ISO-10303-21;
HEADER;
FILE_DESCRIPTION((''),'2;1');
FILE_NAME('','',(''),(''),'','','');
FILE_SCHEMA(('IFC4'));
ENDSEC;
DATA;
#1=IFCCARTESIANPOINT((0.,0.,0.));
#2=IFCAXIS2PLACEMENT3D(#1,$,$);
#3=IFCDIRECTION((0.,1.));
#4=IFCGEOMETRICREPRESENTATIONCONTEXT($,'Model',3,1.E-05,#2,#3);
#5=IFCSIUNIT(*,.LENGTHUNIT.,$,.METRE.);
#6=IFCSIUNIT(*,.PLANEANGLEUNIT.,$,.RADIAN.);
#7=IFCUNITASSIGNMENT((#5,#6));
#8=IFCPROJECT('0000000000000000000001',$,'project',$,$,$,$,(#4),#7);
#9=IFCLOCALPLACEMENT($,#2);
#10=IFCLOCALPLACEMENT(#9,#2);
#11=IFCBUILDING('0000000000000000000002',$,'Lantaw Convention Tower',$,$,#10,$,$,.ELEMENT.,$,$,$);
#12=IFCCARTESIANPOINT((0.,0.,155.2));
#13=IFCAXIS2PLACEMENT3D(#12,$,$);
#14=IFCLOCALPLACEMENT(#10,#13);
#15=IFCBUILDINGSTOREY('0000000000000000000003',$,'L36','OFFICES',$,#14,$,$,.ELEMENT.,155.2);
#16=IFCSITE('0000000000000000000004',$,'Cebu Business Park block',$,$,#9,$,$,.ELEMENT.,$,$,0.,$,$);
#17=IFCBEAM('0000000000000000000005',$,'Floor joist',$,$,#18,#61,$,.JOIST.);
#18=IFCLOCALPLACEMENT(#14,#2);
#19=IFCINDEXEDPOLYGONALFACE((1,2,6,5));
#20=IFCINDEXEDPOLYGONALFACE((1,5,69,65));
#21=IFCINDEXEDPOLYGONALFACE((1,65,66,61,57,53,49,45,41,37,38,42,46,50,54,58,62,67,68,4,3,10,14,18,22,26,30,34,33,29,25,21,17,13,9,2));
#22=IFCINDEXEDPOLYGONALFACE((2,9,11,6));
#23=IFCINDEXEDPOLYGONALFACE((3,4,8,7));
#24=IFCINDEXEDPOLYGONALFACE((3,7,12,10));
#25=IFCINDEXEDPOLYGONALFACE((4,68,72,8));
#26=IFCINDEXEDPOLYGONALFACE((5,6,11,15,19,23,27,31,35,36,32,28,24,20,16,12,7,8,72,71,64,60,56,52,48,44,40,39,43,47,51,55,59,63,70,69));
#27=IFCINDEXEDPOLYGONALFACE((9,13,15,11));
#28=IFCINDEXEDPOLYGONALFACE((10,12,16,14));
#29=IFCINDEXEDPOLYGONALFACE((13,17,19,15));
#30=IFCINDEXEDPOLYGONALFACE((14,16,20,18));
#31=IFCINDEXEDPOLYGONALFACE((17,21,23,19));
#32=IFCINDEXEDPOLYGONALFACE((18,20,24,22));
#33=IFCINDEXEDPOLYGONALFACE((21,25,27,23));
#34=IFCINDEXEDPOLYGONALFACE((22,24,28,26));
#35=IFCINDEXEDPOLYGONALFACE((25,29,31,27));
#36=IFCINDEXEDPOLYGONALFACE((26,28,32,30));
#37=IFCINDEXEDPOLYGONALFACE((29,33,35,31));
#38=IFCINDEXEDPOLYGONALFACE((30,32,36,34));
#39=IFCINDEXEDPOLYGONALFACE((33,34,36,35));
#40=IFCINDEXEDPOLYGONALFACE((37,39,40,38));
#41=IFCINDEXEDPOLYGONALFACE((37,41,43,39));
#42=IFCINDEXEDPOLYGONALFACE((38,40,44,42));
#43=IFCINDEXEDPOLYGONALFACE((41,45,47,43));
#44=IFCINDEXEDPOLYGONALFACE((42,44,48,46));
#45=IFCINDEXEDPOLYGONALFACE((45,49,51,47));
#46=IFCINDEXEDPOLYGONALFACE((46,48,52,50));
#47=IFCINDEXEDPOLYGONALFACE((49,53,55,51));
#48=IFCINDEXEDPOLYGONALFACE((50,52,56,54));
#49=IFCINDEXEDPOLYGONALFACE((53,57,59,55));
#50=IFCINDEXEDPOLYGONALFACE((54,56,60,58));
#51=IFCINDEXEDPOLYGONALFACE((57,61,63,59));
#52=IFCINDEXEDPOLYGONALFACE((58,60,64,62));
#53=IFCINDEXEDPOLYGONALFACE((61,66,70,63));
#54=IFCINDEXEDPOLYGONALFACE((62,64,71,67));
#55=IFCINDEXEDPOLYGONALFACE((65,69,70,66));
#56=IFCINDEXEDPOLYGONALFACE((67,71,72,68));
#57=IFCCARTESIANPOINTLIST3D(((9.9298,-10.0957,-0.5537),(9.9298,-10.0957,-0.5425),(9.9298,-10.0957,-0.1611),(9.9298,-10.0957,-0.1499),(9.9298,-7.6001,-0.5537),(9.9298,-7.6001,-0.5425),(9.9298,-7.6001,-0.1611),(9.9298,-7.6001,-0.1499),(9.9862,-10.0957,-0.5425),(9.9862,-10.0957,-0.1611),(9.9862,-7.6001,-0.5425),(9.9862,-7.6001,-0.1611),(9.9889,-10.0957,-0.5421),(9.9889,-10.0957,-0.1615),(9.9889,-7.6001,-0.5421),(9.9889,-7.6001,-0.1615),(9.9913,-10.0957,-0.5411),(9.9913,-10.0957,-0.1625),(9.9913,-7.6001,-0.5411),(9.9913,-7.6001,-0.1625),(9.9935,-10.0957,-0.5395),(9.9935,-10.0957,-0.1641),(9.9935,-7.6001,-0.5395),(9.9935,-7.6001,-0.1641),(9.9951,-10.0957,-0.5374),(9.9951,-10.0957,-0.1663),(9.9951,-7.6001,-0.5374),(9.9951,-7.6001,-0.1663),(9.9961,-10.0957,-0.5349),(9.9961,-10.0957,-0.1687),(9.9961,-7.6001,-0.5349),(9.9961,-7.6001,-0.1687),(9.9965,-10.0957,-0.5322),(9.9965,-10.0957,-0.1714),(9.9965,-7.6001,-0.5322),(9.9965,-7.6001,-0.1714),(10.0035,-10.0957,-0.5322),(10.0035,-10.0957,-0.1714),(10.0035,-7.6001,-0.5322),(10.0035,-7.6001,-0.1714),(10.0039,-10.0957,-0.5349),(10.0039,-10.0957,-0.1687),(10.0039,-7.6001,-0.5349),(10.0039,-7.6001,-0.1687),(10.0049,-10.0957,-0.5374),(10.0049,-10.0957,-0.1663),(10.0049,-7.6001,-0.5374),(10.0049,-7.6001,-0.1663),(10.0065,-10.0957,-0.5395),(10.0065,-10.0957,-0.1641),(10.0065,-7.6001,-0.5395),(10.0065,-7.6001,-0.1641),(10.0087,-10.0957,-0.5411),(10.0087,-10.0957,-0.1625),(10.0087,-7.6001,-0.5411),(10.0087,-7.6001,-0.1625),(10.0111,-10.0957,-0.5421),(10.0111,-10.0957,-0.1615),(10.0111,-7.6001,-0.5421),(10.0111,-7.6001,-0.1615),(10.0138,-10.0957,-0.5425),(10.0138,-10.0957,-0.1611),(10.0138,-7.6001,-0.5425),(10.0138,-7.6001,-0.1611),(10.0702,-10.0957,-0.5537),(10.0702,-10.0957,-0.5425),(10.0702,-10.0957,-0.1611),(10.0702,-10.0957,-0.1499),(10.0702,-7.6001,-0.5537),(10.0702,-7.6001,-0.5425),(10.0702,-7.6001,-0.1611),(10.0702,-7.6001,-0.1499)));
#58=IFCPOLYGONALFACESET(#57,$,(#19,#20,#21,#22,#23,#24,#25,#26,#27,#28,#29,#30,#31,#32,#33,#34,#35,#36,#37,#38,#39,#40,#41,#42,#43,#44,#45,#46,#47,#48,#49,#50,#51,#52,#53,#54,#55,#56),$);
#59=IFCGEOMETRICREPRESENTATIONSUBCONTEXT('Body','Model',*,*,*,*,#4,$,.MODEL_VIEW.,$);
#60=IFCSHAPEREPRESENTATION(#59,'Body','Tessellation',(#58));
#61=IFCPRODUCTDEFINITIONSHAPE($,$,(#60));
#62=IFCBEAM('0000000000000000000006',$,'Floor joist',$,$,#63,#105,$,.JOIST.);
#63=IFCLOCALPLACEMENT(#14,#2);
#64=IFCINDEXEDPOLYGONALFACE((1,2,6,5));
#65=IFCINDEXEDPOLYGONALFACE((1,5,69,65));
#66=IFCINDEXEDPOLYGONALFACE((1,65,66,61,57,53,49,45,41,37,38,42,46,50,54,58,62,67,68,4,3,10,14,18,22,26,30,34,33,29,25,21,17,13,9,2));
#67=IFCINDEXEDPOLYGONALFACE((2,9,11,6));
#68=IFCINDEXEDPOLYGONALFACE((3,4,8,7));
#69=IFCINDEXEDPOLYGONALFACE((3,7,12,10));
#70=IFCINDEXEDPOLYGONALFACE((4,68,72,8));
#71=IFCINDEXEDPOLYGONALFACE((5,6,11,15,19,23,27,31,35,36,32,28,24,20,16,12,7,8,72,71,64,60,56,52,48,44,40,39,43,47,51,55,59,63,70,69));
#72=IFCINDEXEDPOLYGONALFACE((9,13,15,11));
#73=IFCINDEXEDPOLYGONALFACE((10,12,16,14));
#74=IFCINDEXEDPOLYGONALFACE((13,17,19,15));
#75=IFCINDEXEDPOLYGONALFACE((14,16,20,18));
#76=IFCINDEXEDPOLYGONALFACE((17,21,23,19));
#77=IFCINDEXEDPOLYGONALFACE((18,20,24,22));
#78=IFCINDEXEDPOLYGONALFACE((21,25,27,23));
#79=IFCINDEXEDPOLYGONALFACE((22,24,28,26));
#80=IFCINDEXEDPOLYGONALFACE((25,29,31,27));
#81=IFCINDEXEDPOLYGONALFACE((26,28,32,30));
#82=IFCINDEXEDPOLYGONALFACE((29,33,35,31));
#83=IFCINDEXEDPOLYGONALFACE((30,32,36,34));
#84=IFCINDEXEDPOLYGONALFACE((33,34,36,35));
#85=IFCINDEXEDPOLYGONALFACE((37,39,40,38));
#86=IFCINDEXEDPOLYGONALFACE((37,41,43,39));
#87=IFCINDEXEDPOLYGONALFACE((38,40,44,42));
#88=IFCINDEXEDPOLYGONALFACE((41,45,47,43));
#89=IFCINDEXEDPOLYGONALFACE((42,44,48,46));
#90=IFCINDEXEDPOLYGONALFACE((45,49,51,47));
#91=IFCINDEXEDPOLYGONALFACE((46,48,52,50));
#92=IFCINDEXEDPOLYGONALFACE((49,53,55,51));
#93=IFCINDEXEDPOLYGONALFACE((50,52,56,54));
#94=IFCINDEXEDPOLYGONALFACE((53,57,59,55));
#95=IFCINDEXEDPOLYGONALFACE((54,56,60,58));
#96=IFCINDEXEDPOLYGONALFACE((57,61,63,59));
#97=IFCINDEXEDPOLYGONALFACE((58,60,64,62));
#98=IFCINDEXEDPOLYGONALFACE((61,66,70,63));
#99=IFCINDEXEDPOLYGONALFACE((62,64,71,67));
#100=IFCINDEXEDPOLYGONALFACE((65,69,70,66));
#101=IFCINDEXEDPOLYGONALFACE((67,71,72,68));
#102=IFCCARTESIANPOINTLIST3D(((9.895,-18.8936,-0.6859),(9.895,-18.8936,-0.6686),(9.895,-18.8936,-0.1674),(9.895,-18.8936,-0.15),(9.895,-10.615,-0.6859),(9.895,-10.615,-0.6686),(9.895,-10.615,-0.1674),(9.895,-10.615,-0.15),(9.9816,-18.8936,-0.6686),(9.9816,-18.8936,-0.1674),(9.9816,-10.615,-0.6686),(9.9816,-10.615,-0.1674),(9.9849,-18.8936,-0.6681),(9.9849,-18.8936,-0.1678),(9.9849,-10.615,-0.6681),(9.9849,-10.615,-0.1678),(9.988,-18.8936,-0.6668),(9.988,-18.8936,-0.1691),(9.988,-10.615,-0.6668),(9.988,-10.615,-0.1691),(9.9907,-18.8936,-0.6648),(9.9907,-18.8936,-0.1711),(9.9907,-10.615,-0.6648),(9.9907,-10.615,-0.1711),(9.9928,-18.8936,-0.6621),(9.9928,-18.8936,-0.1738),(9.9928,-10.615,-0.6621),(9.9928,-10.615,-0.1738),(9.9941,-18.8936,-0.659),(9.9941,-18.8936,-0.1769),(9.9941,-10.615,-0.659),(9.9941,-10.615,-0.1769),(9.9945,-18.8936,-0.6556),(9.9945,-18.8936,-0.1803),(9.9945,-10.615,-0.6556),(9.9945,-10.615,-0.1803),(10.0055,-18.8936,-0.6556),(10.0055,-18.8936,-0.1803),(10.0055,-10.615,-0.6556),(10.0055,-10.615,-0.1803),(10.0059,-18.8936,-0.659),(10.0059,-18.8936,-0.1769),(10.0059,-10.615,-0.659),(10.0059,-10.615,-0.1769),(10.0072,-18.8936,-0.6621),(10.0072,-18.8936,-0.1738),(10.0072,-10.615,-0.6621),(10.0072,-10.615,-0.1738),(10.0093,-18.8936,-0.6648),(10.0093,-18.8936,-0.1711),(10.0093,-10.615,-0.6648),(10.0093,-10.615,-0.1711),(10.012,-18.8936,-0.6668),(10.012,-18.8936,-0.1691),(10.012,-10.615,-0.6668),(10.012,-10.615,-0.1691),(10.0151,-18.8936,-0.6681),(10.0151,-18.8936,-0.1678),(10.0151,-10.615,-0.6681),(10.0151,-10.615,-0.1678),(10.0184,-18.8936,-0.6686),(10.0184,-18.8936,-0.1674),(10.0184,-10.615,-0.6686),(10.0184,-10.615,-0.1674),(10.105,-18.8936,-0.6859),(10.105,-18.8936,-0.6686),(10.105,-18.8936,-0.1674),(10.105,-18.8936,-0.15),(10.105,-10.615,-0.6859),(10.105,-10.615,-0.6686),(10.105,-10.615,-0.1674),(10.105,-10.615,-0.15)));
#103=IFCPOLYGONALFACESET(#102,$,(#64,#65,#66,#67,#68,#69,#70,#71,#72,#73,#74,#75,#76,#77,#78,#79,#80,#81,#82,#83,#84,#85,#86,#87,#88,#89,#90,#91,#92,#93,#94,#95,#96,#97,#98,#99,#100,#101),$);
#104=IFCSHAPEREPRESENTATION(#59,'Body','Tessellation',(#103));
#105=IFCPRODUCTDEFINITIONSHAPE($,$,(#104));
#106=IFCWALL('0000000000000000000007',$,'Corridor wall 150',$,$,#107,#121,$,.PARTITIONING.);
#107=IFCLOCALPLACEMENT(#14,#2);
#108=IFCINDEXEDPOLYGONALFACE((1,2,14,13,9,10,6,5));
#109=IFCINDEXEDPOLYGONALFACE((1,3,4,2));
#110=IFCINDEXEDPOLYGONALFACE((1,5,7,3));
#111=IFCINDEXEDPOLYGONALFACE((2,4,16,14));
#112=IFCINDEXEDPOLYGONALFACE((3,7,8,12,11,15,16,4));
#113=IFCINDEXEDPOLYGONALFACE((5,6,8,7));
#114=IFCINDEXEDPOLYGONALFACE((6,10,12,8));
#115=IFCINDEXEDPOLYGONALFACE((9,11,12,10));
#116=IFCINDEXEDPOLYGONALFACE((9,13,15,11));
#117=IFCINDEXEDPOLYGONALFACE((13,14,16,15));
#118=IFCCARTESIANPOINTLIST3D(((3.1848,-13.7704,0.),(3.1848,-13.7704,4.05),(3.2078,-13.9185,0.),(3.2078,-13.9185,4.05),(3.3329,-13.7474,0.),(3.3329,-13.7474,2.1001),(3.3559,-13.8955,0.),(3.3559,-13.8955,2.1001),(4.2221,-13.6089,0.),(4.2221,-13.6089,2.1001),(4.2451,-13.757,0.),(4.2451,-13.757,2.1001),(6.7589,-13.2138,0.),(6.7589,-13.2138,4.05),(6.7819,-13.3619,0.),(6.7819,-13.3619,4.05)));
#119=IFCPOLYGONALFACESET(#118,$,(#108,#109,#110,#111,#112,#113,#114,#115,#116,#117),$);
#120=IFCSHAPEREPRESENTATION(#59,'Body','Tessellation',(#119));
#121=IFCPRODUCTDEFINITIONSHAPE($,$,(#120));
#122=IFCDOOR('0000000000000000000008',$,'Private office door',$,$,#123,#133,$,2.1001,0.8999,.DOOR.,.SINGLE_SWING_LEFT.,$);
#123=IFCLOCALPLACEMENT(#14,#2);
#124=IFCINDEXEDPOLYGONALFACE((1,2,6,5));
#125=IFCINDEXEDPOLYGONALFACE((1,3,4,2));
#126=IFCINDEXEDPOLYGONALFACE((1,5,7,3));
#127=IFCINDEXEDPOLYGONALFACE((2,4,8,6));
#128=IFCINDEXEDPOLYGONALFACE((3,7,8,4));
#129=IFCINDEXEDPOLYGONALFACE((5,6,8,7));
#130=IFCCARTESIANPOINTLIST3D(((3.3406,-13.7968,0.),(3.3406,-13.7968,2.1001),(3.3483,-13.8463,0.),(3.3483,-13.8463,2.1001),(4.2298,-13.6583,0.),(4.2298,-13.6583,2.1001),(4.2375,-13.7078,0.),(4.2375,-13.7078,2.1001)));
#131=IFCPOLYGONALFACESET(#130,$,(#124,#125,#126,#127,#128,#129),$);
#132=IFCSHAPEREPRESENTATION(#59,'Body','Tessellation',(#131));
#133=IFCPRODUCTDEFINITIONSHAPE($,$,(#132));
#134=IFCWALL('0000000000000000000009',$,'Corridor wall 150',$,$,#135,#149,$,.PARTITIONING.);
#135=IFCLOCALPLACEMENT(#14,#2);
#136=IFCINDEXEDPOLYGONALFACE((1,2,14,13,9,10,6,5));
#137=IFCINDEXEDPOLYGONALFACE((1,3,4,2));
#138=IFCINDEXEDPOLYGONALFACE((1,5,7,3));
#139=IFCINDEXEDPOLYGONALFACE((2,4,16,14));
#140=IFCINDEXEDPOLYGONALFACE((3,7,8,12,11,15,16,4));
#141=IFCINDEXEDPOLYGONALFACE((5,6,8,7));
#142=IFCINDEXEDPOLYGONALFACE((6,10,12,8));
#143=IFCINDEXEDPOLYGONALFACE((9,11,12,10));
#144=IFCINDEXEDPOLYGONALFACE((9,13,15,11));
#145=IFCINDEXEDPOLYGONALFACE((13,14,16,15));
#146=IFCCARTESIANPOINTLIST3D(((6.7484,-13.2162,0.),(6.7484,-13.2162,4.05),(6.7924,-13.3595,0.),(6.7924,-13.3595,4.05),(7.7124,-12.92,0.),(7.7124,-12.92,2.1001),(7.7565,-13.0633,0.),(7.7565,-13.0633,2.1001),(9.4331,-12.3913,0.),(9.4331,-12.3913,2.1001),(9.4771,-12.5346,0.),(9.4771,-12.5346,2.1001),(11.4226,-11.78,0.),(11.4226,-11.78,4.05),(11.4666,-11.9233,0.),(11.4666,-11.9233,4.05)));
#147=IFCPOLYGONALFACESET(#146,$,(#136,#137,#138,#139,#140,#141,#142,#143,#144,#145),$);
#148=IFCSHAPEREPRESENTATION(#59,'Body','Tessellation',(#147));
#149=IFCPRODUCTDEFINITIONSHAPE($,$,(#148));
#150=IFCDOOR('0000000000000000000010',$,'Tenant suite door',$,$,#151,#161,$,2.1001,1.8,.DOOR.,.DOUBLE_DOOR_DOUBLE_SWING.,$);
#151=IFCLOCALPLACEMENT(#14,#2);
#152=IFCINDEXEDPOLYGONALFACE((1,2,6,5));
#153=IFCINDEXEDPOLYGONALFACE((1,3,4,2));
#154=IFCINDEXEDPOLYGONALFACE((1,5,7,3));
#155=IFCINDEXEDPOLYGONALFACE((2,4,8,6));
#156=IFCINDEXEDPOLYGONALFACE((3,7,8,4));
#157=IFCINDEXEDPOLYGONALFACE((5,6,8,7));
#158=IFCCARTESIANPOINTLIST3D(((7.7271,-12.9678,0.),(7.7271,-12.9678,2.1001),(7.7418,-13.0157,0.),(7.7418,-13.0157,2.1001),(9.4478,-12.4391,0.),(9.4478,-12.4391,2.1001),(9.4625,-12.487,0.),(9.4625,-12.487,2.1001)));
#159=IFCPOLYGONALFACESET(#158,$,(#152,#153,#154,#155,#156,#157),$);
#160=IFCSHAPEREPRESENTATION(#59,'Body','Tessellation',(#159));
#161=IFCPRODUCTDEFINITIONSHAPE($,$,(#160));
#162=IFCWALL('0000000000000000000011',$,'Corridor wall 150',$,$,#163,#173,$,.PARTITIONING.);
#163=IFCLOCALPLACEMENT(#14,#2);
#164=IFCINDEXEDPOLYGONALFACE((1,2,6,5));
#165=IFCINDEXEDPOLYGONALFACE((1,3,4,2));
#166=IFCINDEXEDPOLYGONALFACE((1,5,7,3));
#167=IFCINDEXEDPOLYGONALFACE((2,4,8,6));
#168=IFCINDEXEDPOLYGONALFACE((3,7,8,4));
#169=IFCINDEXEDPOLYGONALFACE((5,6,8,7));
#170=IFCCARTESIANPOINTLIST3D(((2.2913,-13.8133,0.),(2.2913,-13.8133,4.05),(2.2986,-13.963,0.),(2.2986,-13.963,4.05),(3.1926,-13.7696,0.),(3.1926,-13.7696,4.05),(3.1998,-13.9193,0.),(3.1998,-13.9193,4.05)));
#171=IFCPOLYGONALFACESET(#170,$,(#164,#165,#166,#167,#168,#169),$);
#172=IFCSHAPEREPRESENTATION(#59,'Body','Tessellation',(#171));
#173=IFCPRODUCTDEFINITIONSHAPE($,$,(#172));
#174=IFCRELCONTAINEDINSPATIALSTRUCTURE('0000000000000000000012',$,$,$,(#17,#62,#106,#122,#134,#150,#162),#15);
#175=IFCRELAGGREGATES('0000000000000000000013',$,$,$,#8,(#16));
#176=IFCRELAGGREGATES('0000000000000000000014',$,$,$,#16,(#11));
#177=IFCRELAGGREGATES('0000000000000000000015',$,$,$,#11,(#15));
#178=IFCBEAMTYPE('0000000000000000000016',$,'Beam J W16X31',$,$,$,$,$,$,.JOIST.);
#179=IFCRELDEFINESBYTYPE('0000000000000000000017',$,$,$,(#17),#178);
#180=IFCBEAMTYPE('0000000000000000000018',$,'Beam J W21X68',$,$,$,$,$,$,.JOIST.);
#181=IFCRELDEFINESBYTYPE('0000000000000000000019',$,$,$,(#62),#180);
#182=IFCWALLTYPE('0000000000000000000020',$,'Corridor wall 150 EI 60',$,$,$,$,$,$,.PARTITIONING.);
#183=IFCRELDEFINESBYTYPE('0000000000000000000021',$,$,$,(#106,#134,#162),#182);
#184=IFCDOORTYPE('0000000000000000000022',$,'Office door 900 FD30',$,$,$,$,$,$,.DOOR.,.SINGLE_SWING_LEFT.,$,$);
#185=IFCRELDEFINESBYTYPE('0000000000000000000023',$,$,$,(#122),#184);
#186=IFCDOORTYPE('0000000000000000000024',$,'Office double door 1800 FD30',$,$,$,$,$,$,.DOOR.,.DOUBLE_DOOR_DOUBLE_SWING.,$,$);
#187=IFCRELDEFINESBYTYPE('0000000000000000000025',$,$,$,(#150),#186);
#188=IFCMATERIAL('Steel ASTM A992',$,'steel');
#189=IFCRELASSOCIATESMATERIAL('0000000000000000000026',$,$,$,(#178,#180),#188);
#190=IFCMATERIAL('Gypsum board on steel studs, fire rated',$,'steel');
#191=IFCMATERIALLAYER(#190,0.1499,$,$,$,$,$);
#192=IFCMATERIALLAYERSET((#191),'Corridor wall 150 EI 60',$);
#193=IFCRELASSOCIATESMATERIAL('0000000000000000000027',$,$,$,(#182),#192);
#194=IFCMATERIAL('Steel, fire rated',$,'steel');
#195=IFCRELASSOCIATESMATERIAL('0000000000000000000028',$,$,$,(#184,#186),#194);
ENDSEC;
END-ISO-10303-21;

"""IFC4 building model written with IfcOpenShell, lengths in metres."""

from ifc_helpers import new_model, si_unit, direction, frame, frame_2d, origin, origin_2d, place, context, subcontext, project, spatial, rectangle, i_section, extrude, material, layer, layer_set, material_profile, profile_set, type_object, element, fill, save


model = new_model("IFC4")

# Units and contexts
model_context = context("Model", 3, precision=1e-05, world=origin(), true_north=direction((0.0, 1.0)))
body_context = subcontext(model_context, "Body", "Model", "MODEL_VIEW")
ifc_project = project(units=[si_unit("LENGTHUNIT", "METRE"), si_unit("PLANEANGLEUNIT", "RADIAN")], contexts=[model_context])

# Site, building, storey
site_placement = place(None, origin())
site = spatial("IfcSite", under=ifc_project, at=site_placement, Name="Cebu Business Park block", CompositionType="ELEMENT", RefElevation=0.0)
building_placement = place(site_placement, origin())
building = spatial("IfcBuilding", under=site, at=building_placement, Name="Lantaw Convention Tower", CompositionType="ELEMENT")
storey_placement = place(building_placement, frame((0.0, 0.0, 155.2)))
storey = spatial("IfcBuildingStorey", under=building, at=storey_placement, Name="L36", Description="OFFICES", CompositionType="ELEMENT", Elevation=155.2)

# Beams
ifc_material_1 = material(Name="Steel ASTM A992", Category="steel")
ifc_material_profile_1 = material_profile(ifc_material_1, i_section(OverallWidth=0.1404, OverallDepth=0.4038, WebThickness=0.0071, FlangeThickness=0.0112, FilletRadius=0.0103, at=origin_2d()), Name="W16X31")
ifc_profile_set_1 = profile_set([ifc_material_profile_1], Name="Steel ASTM A992")
beam_type_1 = type_object("IfcBeamType", Name="Beam J W16X31", PredefinedType="JOIST", material=ifc_profile_set_1)
beam_1_placement = place(storey_placement, frame((10.0, -10.0957, -0.3518), z_axis=(0.0, 1.0, 0.0), x_axis=(-1.0, 0.0, 0.0)))
element("IfcBeam", 1, at=beam_1_placement, inside=storey, type_object=beam_type_1, Name="Floor joist", PredefinedType="JOIST", context=body_context, shape_type="SweptSolid", body=[
    extrude(i_section(OverallWidth=0.1404, OverallDepth=0.4038, WebThickness=0.0071, FlangeThickness=0.0112, FilletRadius=0.0103, at=origin_2d()), origin(), (0.0, 0.0, 1.0), 2.4956),
])
ifc_material_profile_2 = material_profile(ifc_material_1, i_section(OverallWidth=0.21, OverallDepth=0.5359, WebThickness=0.011, FlangeThickness=0.0173, FilletRadius=0.0129, at=origin_2d()), Name="W21X68")
ifc_profile_set_2 = profile_set([ifc_material_profile_2], Name="Steel ASTM A992")
beam_type_2 = type_object("IfcBeamType", Name="Beam J W21X68", PredefinedType="JOIST", material=ifc_profile_set_2)
beam_2_placement = place(storey_placement, frame((10.0, -18.8936, -0.418), z_axis=(0.0, 1.0, 0.0), x_axis=(-1.0, 0.0, 0.0)))
element("IfcBeam", 2, at=beam_2_placement, inside=storey, type_object=beam_type_2, Name="Floor joist", PredefinedType="JOIST", context=body_context, shape_type="SweptSolid", body=[
    extrude(i_section(OverallWidth=0.21, OverallDepth=0.5359, WebThickness=0.011, FlangeThickness=0.0173, FilletRadius=0.0129, at=origin_2d()), origin(), (0.0, 0.0, 1.0), 8.2786),
])

# Walls, openings, doors
ifc_material_2 = material(Name="Gypsum board on steel studs, fire rated", Category="steel")
ifc_layer_1 = layer(ifc_material_2, 0.1499)
ifc_layer_set_1 = layer_set([ifc_layer_1], Name="Corridor wall 150 EI 60")
wall_type_1 = type_object("IfcWallType", Name="Corridor wall 150 EI 60", PredefinedType="PARTITIONING", material=ifc_layer_set_1)
wall_1_placement = place(storey_placement, frame((3.1963, -13.8445, 0.0), z_axis=(0.0, 0.0, 1.0), x_axis=(0.988089, 0.153883, 0.0)))
wall_1 = element("IfcWall", 3, at=wall_1_placement, inside=storey, type_object=wall_type_1, Name="Corridor wall 150", PredefinedType="PARTITIONING", context=body_context, shape_type="SweptSolid", body=[
    extrude(rectangle(XDim=3.6172, YDim=0.1499, at=frame_2d((1.8086, 0.0))), origin(), (0.0, 0.0, 1.0), 4.05),
])
opening_1_placement = place(wall_1_placement, frame((0.1499, 0.0, 0.0)))
opening_1 = element("IfcOpeningElement", 4, at=opening_1_placement, cuts=wall_1, PredefinedType="OPENING", context=body_context, shape_type="SweptSolid", body=[
    extrude(rectangle(XDim=0.8999, YDim=2.1001, at=frame_2d((0.45, 1.05))), frame((0.0, 0.085, 0.0), z_axis=(0.0, -1.0, 0.0), x_axis=(1.0, 0.0, 0.0)), (0.0, 0.0, 1.0), 0.1699),
])
ifc_material_3 = material(Name="Steel, fire rated", Category="steel")
door_type_1 = type_object("IfcDoorType", Name="Office door 900 FD30", OperationType="SINGLE_SWING_LEFT", PredefinedType="DOOR", material=ifc_material_3)
door_1_placement = place(opening_1_placement, origin())
door_1 = element("IfcDoor", 5, at=door_1_placement, inside=storey, type_object=door_type_1, Name="Private office door", OperationType="SINGLE_SWING_LEFT", OverallHeight=2.1001, OverallWidth=0.8999, PredefinedType="DOOR", context=body_context, shape_type="SweptSolid", body=[
    extrude(rectangle(XDim=0.8999, YDim=2.1001, at=frame_2d((0.45, 1.05))), frame((0.0, 0.0249, 0.0), z_axis=(0.0, -1.0, 0.0), x_axis=(1.0, 0.0, 0.0)), (0.0, 0.0, 1.0), 0.05),
])
fill(opening_1, door_1)
wall_2_placement = place(storey_placement, frame((6.7705, -13.2878, 0.0), z_axis=(0.0, 0.0, 1.0), x_axis=(0.955892, 0.293717, 0.0)))
wall_2 = element("IfcWall", 6, at=wall_2_placement, inside=storey, type_object=wall_type_1, Name="Corridor wall 150", PredefinedType="PARTITIONING", context=body_context, shape_type="SweptSolid", body=[
    extrude(rectangle(XDim=4.8899, YDim=0.1499, at=frame_2d((2.4448, 0.0))), origin(), (0.0, 0.0, 1.0), 4.05),
])
opening_2_placement = place(wall_2_placement, frame((1.0085, 0.0, 0.0)))
opening_2 = element("IfcOpeningElement", 7, at=opening_2_placement, cuts=wall_2, PredefinedType="OPENING", context=body_context, shape_type="SweptSolid", body=[
    extrude(rectangle(XDim=1.8, YDim=2.1001, at=frame_2d((0.8999, 1.05))), frame((0.0, 0.085, 0.0), z_axis=(0.0, -1.0, 0.0), x_axis=(1.0, 0.0, 0.0)), (0.0, 0.0, 1.0), 0.1699),
])
door_type_2 = type_object("IfcDoorType", Name="Office double door 1800 FD30", OperationType="DOUBLE_DOOR_DOUBLE_SWING", PredefinedType="DOOR", material=ifc_material_3)
door_2_placement = place(opening_2_placement, origin())
door_2 = element("IfcDoor", 8, at=door_2_placement, inside=storey, type_object=door_type_2, Name="Tenant suite door", OperationType="DOUBLE_DOOR_DOUBLE_SWING", OverallHeight=2.1001, OverallWidth=1.8, PredefinedType="DOOR", context=body_context, shape_type="SweptSolid", body=[
    extrude(rectangle(XDim=1.8, YDim=2.1001, at=frame_2d((0.8999, 1.05))), frame((0.0, 0.0249, 0.0), z_axis=(0.0, -1.0, 0.0), x_axis=(1.0, 0.0, 0.0)), (0.0, 0.0, 1.0), 0.05),
])
fill(opening_2, door_2)

# Wall
wall_3_placement = place(storey_placement, frame((2.2949, -13.8882, 0.0), z_axis=(0.0, 0.0, 1.0), x_axis=(0.998827, 0.048426, 0.0)))
element("IfcWall", 9, at=wall_3_placement, inside=storey, type_object=wall_type_1, Name="Corridor wall 150", PredefinedType="PARTITIONING", context=body_context, shape_type="SweptSolid", body=[
    extrude(rectangle(XDim=0.9023, YDim=0.1499, at=frame_2d((0.4512, 0.0))), origin(), (0.0, 0.0, 1.0), 4.05),
])

save(model, "model.ifc")
